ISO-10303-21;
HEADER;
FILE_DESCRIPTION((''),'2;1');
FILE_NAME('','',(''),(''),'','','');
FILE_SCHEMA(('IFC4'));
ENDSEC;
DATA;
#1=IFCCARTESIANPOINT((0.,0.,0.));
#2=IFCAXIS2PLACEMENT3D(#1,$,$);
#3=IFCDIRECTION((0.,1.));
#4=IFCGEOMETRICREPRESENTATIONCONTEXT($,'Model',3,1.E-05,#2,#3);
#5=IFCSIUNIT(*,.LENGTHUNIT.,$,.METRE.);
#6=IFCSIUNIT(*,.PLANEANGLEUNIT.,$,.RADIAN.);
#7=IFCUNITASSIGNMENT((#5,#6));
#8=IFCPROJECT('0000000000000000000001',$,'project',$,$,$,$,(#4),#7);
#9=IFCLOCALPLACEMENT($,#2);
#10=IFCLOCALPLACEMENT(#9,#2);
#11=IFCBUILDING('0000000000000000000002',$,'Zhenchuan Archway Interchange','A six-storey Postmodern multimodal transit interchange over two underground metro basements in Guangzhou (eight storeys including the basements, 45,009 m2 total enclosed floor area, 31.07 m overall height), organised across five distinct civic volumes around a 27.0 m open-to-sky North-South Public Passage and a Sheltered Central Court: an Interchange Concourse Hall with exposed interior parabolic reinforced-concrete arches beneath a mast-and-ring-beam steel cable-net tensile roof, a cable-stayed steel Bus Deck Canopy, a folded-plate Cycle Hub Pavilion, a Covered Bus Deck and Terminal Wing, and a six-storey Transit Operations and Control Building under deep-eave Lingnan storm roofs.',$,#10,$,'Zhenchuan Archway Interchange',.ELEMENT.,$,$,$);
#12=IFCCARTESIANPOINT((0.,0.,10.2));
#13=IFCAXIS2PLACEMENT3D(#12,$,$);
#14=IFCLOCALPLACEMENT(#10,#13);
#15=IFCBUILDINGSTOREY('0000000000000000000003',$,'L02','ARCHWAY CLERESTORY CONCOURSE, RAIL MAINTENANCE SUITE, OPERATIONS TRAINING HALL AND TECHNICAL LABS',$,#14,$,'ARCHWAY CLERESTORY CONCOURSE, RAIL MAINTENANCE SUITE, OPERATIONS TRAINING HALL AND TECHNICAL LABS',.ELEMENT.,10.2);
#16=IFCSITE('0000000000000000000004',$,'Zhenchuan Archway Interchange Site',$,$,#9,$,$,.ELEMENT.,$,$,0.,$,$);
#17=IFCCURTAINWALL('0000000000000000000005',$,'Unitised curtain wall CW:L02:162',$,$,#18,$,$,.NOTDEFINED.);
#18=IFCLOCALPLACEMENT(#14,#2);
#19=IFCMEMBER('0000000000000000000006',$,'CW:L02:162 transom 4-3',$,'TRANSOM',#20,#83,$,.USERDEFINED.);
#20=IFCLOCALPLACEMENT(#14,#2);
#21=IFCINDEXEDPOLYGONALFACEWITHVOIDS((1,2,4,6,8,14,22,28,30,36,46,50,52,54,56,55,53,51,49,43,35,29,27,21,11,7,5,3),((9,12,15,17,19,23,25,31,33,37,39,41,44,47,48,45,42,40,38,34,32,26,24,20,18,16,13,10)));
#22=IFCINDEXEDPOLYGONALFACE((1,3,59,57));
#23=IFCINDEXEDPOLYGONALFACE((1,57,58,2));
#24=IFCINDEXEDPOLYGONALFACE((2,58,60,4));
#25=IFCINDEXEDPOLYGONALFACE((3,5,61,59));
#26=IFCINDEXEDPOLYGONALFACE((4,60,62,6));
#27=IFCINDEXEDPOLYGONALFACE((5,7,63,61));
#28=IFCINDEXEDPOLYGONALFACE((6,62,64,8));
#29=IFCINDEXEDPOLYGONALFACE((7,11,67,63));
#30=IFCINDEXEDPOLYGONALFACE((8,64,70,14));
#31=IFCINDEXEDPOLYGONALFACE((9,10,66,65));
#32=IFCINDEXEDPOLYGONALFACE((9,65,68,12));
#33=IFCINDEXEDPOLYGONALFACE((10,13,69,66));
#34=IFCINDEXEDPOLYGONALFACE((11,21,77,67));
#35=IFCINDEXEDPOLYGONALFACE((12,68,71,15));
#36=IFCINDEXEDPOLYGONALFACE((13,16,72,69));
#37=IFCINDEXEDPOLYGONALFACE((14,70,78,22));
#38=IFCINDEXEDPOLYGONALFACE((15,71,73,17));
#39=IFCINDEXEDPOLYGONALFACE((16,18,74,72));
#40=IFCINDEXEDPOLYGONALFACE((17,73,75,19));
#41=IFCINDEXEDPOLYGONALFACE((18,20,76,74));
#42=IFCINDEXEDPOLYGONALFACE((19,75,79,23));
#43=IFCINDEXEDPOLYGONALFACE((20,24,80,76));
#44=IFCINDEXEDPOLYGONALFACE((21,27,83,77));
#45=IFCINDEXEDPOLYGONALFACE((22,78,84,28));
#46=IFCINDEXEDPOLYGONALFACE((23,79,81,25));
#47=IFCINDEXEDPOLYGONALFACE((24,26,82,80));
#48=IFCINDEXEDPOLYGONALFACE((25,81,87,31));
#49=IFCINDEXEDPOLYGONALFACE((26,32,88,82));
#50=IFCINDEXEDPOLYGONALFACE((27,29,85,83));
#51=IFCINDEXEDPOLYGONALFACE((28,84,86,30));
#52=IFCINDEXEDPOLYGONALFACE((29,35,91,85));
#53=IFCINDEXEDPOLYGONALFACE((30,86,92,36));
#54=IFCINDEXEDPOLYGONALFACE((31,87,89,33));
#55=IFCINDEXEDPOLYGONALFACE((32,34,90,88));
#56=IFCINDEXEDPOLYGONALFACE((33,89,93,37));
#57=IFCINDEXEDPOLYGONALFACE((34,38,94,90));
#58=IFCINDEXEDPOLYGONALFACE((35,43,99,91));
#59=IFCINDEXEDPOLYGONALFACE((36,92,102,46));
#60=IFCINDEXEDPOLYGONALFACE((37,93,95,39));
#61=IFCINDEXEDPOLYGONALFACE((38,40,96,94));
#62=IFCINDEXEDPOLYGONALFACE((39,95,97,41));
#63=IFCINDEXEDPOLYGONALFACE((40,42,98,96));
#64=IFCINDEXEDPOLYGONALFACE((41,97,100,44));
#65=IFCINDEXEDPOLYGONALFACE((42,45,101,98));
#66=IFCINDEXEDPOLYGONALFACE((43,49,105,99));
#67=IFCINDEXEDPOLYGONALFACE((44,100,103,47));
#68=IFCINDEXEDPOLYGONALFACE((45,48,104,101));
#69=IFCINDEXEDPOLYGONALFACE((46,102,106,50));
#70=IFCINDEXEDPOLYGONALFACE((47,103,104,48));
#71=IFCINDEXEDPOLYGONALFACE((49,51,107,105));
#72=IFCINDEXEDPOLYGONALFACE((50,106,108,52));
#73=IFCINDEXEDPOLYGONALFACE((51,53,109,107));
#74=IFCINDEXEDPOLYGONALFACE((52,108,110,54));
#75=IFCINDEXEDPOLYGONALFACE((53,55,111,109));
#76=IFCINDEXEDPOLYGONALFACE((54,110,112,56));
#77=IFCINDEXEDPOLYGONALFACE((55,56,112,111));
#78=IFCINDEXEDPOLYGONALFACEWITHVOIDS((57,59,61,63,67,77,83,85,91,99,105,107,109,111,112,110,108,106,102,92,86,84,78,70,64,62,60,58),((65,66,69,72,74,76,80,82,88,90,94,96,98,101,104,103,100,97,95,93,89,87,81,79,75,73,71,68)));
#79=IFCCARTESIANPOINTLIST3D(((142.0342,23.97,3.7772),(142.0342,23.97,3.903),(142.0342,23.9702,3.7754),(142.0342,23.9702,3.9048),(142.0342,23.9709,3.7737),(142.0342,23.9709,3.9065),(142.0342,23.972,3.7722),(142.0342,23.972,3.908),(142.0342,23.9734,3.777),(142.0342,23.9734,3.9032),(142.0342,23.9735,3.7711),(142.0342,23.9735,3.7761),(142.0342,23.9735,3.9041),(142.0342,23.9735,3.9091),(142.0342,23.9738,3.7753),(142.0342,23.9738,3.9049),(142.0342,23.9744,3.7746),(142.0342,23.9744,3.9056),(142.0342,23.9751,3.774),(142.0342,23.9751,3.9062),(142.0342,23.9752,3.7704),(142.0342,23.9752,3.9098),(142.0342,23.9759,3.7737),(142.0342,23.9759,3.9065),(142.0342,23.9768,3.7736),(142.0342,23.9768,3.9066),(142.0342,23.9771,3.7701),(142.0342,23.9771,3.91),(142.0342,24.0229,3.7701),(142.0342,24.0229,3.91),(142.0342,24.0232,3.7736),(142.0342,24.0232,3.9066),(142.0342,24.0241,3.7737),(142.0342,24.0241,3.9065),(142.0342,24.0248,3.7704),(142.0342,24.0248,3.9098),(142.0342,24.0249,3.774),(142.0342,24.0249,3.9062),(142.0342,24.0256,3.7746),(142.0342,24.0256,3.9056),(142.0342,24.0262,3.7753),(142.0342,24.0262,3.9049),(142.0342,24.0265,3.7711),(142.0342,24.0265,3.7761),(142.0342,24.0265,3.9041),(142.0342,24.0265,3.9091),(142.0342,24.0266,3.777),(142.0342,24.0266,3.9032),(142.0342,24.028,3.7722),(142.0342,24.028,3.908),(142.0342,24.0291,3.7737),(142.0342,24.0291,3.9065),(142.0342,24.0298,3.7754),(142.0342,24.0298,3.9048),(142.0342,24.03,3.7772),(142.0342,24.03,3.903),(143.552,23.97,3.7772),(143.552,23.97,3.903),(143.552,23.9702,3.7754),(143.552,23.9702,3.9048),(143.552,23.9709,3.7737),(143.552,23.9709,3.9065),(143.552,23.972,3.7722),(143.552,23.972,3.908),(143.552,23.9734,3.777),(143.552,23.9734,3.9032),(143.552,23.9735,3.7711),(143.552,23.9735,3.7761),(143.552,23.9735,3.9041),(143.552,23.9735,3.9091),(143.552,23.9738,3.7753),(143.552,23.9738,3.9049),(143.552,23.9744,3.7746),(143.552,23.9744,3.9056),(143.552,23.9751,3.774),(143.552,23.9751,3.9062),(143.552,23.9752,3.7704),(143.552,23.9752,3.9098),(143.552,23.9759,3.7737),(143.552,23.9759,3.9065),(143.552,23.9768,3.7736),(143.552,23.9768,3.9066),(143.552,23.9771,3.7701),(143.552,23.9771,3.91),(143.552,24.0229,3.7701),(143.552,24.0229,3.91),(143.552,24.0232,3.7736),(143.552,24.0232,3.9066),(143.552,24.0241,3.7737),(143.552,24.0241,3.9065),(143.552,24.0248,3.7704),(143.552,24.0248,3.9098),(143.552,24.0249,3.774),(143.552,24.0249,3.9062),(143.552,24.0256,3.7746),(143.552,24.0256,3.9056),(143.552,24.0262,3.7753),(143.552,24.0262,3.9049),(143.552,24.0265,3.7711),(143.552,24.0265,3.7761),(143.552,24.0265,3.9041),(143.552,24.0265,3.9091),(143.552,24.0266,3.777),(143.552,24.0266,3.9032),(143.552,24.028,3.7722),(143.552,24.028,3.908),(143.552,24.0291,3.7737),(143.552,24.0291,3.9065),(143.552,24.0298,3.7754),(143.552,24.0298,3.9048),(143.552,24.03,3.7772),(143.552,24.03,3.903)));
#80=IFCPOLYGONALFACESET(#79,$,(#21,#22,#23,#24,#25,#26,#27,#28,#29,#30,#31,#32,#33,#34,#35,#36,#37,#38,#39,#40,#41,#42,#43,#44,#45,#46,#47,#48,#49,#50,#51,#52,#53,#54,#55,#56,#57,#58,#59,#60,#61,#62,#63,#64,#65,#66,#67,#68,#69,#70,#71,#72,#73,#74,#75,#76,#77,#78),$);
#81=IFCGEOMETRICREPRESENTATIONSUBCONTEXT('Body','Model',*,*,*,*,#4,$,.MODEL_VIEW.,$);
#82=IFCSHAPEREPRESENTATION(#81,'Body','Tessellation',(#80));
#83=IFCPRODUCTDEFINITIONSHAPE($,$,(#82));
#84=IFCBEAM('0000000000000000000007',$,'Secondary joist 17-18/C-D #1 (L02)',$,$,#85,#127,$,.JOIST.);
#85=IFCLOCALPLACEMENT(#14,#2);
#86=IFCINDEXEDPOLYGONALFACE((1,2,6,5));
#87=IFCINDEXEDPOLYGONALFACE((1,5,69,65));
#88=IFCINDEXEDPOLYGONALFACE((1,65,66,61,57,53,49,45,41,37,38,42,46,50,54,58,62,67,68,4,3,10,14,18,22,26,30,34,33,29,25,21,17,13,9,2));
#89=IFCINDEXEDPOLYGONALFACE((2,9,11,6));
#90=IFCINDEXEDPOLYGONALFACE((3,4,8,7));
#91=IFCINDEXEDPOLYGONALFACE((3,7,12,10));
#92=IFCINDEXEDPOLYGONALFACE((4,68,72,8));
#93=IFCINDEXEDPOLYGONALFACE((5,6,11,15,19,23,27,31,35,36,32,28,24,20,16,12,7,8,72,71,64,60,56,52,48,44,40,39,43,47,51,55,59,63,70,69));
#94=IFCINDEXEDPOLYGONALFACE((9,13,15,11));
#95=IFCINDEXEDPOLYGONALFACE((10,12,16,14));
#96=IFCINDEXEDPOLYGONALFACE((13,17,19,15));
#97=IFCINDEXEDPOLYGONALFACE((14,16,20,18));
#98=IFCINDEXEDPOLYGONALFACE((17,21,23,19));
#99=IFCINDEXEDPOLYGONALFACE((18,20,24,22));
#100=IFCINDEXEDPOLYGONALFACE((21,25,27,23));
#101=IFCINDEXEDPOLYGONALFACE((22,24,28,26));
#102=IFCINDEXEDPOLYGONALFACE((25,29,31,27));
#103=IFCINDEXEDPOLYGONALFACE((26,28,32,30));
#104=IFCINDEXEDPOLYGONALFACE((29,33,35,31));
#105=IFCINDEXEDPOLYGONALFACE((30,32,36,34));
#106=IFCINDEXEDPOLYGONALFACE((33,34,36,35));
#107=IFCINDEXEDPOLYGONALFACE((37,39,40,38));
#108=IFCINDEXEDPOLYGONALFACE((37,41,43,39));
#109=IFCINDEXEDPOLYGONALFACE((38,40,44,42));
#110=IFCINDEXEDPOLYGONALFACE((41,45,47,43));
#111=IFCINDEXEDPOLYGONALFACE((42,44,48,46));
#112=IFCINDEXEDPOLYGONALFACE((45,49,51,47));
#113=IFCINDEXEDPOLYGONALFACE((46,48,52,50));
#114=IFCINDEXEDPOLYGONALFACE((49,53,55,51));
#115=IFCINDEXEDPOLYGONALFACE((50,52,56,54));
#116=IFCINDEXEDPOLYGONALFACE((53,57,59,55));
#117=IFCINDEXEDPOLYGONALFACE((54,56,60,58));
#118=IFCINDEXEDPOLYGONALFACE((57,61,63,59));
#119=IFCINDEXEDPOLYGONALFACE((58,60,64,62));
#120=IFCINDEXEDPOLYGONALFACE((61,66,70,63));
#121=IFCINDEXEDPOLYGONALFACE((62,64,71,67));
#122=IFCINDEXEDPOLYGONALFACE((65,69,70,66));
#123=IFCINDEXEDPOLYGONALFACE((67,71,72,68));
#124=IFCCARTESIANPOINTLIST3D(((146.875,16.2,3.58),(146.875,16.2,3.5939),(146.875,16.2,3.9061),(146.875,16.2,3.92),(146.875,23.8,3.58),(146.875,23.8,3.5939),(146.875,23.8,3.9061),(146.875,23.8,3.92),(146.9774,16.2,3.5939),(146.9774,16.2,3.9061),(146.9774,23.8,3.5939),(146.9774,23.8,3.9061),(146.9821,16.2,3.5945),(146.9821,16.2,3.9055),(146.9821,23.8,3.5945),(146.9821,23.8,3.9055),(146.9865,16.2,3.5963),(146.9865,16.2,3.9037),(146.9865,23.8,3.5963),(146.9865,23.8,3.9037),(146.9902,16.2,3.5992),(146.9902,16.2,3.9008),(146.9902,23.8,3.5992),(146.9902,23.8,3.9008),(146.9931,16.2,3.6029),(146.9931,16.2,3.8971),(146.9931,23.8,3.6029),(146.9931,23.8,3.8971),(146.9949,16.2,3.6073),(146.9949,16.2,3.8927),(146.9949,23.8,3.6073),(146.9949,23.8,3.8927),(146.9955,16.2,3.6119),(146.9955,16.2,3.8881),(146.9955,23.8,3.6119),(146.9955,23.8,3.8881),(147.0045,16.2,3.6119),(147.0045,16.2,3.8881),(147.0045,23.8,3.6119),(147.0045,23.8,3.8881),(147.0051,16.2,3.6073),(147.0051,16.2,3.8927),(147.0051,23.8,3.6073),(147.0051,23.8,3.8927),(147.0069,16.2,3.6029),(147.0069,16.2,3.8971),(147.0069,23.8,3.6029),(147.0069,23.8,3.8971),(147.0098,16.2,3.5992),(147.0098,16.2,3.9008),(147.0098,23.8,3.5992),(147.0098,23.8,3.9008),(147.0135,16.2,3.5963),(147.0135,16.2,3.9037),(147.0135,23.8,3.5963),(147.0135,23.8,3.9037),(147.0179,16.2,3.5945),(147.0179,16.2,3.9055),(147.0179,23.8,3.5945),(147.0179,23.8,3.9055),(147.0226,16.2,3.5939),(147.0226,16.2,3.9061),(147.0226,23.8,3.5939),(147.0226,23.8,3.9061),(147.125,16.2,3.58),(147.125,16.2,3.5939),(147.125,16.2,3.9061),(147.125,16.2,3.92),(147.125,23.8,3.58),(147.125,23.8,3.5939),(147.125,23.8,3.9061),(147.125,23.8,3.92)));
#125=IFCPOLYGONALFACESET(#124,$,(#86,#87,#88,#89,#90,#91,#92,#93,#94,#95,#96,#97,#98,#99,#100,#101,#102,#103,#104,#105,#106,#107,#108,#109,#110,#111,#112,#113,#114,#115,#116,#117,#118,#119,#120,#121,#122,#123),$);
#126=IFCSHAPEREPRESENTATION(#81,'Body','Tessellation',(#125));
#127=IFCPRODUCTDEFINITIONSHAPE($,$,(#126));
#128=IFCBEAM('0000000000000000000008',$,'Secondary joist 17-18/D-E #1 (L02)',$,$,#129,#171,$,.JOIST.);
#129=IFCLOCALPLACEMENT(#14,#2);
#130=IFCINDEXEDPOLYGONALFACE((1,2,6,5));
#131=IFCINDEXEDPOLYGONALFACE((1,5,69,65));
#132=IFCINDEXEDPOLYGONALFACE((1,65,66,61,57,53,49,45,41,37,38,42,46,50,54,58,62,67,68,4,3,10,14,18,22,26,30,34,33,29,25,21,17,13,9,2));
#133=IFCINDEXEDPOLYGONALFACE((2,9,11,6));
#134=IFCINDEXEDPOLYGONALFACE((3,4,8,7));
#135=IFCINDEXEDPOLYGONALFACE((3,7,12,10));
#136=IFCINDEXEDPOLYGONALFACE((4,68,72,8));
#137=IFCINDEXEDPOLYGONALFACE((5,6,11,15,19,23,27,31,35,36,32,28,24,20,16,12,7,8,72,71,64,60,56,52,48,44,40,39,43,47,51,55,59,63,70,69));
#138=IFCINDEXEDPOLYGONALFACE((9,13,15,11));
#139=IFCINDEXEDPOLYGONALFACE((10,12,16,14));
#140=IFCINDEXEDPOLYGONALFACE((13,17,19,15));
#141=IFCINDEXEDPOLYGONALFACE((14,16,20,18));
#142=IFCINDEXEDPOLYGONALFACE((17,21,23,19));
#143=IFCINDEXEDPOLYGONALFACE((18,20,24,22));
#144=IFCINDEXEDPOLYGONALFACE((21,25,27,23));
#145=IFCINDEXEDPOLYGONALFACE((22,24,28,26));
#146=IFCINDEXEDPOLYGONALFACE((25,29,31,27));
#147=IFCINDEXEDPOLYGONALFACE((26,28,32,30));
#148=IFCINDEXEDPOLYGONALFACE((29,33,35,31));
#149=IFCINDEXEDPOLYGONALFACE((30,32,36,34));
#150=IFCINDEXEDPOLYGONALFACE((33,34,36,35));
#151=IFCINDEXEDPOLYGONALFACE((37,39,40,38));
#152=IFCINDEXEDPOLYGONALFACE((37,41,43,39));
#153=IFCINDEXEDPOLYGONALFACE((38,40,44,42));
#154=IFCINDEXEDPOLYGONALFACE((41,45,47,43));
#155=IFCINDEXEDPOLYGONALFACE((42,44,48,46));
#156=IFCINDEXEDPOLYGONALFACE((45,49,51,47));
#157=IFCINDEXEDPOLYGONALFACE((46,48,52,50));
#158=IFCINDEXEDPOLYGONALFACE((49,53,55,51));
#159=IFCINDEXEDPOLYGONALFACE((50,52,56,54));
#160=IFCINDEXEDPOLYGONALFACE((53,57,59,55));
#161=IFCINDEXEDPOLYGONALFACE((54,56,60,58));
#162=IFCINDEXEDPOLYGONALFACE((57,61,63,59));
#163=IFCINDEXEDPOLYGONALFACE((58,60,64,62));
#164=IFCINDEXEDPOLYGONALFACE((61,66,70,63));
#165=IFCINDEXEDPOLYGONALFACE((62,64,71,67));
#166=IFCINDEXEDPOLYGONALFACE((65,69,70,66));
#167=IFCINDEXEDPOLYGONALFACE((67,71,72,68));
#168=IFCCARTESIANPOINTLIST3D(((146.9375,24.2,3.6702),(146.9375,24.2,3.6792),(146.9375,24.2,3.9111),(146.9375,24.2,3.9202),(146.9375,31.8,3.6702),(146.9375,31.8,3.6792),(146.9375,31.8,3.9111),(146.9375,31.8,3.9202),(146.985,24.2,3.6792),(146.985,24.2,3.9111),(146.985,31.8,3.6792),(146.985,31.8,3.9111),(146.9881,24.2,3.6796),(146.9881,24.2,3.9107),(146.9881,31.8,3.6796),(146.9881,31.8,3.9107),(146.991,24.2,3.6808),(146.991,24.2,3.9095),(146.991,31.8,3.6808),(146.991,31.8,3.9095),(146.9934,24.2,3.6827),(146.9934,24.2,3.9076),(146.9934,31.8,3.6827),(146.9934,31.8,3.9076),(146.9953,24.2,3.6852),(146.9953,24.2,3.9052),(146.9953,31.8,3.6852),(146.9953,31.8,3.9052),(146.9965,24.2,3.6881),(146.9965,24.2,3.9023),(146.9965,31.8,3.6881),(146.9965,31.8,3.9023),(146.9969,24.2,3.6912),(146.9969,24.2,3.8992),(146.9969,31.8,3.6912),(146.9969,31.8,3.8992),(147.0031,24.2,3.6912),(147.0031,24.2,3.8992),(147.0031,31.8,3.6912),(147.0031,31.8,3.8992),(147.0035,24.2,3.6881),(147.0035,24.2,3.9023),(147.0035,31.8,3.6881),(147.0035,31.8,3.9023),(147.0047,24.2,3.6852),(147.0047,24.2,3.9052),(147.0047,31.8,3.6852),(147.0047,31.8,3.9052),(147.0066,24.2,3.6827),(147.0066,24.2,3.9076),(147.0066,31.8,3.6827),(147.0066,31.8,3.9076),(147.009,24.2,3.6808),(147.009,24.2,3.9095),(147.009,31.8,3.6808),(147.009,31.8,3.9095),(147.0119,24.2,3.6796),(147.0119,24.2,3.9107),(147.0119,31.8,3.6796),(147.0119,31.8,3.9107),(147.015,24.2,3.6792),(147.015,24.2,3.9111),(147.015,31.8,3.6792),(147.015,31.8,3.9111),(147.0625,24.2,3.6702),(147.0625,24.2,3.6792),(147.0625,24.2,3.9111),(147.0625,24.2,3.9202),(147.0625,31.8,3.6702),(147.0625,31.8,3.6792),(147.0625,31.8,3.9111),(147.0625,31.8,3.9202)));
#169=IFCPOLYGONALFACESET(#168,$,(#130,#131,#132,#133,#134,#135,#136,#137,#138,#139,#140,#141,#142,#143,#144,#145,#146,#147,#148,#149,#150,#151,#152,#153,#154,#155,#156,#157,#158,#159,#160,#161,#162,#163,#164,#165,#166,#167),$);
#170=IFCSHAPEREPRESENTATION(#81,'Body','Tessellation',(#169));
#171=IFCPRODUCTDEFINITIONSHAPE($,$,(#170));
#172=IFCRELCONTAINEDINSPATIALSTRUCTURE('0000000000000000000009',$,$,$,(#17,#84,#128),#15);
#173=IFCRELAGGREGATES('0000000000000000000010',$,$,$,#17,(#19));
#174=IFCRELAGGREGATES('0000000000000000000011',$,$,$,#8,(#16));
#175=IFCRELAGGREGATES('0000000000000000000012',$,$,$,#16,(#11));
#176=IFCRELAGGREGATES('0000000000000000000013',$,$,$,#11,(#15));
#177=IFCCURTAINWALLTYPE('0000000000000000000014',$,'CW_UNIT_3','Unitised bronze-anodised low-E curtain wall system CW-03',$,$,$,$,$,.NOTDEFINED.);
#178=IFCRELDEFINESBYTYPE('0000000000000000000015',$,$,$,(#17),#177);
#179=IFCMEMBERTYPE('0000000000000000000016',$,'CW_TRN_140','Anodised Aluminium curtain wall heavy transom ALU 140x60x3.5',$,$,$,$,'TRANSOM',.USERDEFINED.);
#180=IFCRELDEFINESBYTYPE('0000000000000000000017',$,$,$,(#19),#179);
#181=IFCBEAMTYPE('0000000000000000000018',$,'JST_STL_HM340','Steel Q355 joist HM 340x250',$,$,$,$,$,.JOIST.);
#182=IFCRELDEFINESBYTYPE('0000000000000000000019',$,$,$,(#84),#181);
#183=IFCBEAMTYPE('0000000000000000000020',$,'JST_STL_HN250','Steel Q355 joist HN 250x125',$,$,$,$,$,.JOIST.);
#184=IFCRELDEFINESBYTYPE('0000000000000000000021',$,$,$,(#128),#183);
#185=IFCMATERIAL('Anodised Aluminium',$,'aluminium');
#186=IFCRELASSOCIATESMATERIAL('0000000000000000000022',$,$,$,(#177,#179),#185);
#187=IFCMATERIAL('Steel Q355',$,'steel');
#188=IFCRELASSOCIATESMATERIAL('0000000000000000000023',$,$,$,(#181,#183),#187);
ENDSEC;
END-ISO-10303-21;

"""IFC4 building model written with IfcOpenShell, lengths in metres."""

from ifc_helpers import new_model, si_unit, direction, frame, origin, origin_2d, place, context, subcontext, project, spatial, hollow_rectangle, i_section, extrude, material, material_profile, profile_set, type_object, element, aggregate, save


model = new_model("IFC4")

# Units and contexts
model_context = context("Model", 3, precision=1e-05, world=origin(), true_north=direction((0.0, 1.0)))
body_context = subcontext(model_context, "Body", "Model", "MODEL_VIEW")
ifc_project = project(units=[si_unit("LENGTHUNIT", "METRE"), si_unit("PLANEANGLEUNIT", "RADIAN")], contexts=[model_context])

# Site, building, storey
site_placement = place(None, origin())
site = spatial("IfcSite", under=ifc_project, at=site_placement, Name="Zhenchuan Archway Interchange Site", CompositionType="ELEMENT", RefElevation=0.0)
building_placement = place(site_placement, origin())
building = spatial("IfcBuilding", under=site, at=building_placement, Name="Zhenchuan Archway Interchange", Description="A six-storey Postmodern multimodal transit interchange over two underground metro basements in Guangzhou (eight storeys including the basements, 45,009 m2 total enclosed floor area, 31.07 m overall height), organised across five distinct civic volumes around a 27.0 m open-to-sky North-South Public Passage and a Sheltered Central Court: an Interchange Concourse Hall with exposed interior parabolic reinforced-concrete arches beneath a mast-and-ring-beam steel cable-net tensile roof, a cable-stayed steel Bus Deck Canopy, a folded-plate Cycle Hub Pavilion, a Covered Bus Deck and Terminal Wing, and a six-storey Transit Operations and Control Building under deep-eave Lingnan storm roofs.", LongName="Zhenchuan Archway Interchange", CompositionType="ELEMENT")
storey_placement = place(building_placement, frame((0.0, 0.0, 10.2)))
storey = spatial("IfcBuildingStorey", under=building, at=storey_placement, Name="L02", Description="ARCHWAY CLERESTORY CONCOURSE, RAIL MAINTENANCE SUITE, OPERATIONS TRAINING HALL AND TECHNICAL LABS", LongName="ARCHWAY CLERESTORY CONCOURSE, RAIL MAINTENANCE SUITE, OPERATIONS TRAINING HALL AND TECHNICAL LABS", CompositionType="ELEMENT", Elevation=10.2)

# Curtain wall, member
ifc_material_1 = material(Name="Anodised Aluminium", Category="aluminium")
curtain_wall_type = type_object("IfcCurtainWallType", Name="CW_UNIT_3", Description="Unitised bronze-anodised low-E curtain wall system CW-03", PredefinedType="NOTDEFINED", material=ifc_material_1)
curtain_wall_placement = place(storey_placement, origin())
curtain_wall = element("IfcCurtainWall", 1, at=curtain_wall_placement, inside=storey, type_object=curtain_wall_type, Name="Unitised curtain wall CW:L02:162", PredefinedType="NOTDEFINED")
ifc_material_profile_1 = material_profile(ifc_material_1, hollow_rectangle(XDim=0.0601, YDim=0.1399, WallThickness=0.0034, InnerFilletRadius=0.0034, OuterFilletRadius=0.0071, at=origin_2d()), Name="ALU 140x60x3.5")
ifc_profile_set_1 = profile_set([ifc_material_profile_1], Name="Anodised Aluminium")
member_type_1 = type_object("IfcMemberType", Name="CW_TRN_140", Description="Anodised Aluminium curtain wall heavy transom ALU 140x60x3.5", ElementType="TRANSOM", PredefinedType="USERDEFINED", material=ifc_profile_set_1)
member_1_placement = place(storey_placement, frame((142.0342, 24.0, 3.8401), z_axis=(1.0, 0.0, 0.0), x_axis=(0.0, 1.0, 0.0)))
member_1 = element("IfcMember", 2, at=member_1_placement, type_object=member_type_1, Name="CW:L02:162 transom 4-3", ObjectType="TRANSOM", PredefinedType="USERDEFINED", context=body_context, shape_type="SweptSolid", body=[
    extrude(hollow_rectangle(XDim=0.0601, YDim=0.1399, WallThickness=0.0034, InnerFilletRadius=0.0034, OuterFilletRadius=0.0071, at=origin_2d()), origin(), (0.0, 0.0, 1.0), 1.5178),
])

# Beams
ifc_material_2 = material(Name="Steel Q355", Category="steel")
ifc_material_profile_2 = material_profile(ifc_material_2, i_section(OverallWidth=0.25, OverallDepth=0.3401, WebThickness=0.009, FlangeThickness=0.0139, FilletRadius=0.0181, at=origin_2d()), Name="HM 340x250")
ifc_profile_set_2 = profile_set([ifc_material_profile_2], Name="Steel Q355")
beam_type_1 = type_object("IfcBeamType", Name="JST_STL_HM340", Description="Steel Q355 joist HM 340x250", PredefinedType="JOIST", material=ifc_profile_set_2)
beam_1_placement = place(storey_placement, frame((147.0, 16.2, 3.75), z_axis=(0.0, 1.0, 0.0), x_axis=(-1.0, 0.0, 0.0)))
element("IfcBeam", 3, at=beam_1_placement, inside=storey, type_object=beam_type_1, Name="Secondary joist 17-18/C-D #1 (L02)", PredefinedType="JOIST", context=body_context, shape_type="SweptSolid", body=[
    extrude(i_section(OverallWidth=0.25, OverallDepth=0.3401, WebThickness=0.009, FlangeThickness=0.0139, FilletRadius=0.0181, at=origin_2d()), origin(), (0.0, 0.0, 1.0), 7.6001),
])
ifc_material_profile_3 = material_profile(ifc_material_2, i_section(OverallWidth=0.125, OverallDepth=0.25, WebThickness=0.0061, FlangeThickness=0.009, FilletRadius=0.012, at=origin_2d()), Name="HN 250x125")
ifc_profile_set_3 = profile_set([ifc_material_profile_3], Name="Steel Q355")
beam_type_2 = type_object("IfcBeamType", Name="JST_STL_HN250", Description="Steel Q355 joist HN 250x125", PredefinedType="JOIST", material=ifc_profile_set_3)
beam_2_placement = place(storey_placement, frame((147.0, 24.2, 3.7952), z_axis=(0.0, 1.0, 0.0), x_axis=(-1.0, 0.0, 0.0)))
element("IfcBeam", 4, at=beam_2_placement, inside=storey, type_object=beam_type_2, Name="Secondary joist 17-18/D-E #1 (L02)", PredefinedType="JOIST", context=body_context, shape_type="SweptSolid", body=[
    extrude(i_section(OverallWidth=0.125, OverallDepth=0.25, WebThickness=0.0061, FlangeThickness=0.009, FilletRadius=0.012, at=origin_2d()), origin(), (0.0, 0.0, 1.0), 7.6001),
])

aggregate(curtain_wall, [member_1])

save(model, "model.ifc")
